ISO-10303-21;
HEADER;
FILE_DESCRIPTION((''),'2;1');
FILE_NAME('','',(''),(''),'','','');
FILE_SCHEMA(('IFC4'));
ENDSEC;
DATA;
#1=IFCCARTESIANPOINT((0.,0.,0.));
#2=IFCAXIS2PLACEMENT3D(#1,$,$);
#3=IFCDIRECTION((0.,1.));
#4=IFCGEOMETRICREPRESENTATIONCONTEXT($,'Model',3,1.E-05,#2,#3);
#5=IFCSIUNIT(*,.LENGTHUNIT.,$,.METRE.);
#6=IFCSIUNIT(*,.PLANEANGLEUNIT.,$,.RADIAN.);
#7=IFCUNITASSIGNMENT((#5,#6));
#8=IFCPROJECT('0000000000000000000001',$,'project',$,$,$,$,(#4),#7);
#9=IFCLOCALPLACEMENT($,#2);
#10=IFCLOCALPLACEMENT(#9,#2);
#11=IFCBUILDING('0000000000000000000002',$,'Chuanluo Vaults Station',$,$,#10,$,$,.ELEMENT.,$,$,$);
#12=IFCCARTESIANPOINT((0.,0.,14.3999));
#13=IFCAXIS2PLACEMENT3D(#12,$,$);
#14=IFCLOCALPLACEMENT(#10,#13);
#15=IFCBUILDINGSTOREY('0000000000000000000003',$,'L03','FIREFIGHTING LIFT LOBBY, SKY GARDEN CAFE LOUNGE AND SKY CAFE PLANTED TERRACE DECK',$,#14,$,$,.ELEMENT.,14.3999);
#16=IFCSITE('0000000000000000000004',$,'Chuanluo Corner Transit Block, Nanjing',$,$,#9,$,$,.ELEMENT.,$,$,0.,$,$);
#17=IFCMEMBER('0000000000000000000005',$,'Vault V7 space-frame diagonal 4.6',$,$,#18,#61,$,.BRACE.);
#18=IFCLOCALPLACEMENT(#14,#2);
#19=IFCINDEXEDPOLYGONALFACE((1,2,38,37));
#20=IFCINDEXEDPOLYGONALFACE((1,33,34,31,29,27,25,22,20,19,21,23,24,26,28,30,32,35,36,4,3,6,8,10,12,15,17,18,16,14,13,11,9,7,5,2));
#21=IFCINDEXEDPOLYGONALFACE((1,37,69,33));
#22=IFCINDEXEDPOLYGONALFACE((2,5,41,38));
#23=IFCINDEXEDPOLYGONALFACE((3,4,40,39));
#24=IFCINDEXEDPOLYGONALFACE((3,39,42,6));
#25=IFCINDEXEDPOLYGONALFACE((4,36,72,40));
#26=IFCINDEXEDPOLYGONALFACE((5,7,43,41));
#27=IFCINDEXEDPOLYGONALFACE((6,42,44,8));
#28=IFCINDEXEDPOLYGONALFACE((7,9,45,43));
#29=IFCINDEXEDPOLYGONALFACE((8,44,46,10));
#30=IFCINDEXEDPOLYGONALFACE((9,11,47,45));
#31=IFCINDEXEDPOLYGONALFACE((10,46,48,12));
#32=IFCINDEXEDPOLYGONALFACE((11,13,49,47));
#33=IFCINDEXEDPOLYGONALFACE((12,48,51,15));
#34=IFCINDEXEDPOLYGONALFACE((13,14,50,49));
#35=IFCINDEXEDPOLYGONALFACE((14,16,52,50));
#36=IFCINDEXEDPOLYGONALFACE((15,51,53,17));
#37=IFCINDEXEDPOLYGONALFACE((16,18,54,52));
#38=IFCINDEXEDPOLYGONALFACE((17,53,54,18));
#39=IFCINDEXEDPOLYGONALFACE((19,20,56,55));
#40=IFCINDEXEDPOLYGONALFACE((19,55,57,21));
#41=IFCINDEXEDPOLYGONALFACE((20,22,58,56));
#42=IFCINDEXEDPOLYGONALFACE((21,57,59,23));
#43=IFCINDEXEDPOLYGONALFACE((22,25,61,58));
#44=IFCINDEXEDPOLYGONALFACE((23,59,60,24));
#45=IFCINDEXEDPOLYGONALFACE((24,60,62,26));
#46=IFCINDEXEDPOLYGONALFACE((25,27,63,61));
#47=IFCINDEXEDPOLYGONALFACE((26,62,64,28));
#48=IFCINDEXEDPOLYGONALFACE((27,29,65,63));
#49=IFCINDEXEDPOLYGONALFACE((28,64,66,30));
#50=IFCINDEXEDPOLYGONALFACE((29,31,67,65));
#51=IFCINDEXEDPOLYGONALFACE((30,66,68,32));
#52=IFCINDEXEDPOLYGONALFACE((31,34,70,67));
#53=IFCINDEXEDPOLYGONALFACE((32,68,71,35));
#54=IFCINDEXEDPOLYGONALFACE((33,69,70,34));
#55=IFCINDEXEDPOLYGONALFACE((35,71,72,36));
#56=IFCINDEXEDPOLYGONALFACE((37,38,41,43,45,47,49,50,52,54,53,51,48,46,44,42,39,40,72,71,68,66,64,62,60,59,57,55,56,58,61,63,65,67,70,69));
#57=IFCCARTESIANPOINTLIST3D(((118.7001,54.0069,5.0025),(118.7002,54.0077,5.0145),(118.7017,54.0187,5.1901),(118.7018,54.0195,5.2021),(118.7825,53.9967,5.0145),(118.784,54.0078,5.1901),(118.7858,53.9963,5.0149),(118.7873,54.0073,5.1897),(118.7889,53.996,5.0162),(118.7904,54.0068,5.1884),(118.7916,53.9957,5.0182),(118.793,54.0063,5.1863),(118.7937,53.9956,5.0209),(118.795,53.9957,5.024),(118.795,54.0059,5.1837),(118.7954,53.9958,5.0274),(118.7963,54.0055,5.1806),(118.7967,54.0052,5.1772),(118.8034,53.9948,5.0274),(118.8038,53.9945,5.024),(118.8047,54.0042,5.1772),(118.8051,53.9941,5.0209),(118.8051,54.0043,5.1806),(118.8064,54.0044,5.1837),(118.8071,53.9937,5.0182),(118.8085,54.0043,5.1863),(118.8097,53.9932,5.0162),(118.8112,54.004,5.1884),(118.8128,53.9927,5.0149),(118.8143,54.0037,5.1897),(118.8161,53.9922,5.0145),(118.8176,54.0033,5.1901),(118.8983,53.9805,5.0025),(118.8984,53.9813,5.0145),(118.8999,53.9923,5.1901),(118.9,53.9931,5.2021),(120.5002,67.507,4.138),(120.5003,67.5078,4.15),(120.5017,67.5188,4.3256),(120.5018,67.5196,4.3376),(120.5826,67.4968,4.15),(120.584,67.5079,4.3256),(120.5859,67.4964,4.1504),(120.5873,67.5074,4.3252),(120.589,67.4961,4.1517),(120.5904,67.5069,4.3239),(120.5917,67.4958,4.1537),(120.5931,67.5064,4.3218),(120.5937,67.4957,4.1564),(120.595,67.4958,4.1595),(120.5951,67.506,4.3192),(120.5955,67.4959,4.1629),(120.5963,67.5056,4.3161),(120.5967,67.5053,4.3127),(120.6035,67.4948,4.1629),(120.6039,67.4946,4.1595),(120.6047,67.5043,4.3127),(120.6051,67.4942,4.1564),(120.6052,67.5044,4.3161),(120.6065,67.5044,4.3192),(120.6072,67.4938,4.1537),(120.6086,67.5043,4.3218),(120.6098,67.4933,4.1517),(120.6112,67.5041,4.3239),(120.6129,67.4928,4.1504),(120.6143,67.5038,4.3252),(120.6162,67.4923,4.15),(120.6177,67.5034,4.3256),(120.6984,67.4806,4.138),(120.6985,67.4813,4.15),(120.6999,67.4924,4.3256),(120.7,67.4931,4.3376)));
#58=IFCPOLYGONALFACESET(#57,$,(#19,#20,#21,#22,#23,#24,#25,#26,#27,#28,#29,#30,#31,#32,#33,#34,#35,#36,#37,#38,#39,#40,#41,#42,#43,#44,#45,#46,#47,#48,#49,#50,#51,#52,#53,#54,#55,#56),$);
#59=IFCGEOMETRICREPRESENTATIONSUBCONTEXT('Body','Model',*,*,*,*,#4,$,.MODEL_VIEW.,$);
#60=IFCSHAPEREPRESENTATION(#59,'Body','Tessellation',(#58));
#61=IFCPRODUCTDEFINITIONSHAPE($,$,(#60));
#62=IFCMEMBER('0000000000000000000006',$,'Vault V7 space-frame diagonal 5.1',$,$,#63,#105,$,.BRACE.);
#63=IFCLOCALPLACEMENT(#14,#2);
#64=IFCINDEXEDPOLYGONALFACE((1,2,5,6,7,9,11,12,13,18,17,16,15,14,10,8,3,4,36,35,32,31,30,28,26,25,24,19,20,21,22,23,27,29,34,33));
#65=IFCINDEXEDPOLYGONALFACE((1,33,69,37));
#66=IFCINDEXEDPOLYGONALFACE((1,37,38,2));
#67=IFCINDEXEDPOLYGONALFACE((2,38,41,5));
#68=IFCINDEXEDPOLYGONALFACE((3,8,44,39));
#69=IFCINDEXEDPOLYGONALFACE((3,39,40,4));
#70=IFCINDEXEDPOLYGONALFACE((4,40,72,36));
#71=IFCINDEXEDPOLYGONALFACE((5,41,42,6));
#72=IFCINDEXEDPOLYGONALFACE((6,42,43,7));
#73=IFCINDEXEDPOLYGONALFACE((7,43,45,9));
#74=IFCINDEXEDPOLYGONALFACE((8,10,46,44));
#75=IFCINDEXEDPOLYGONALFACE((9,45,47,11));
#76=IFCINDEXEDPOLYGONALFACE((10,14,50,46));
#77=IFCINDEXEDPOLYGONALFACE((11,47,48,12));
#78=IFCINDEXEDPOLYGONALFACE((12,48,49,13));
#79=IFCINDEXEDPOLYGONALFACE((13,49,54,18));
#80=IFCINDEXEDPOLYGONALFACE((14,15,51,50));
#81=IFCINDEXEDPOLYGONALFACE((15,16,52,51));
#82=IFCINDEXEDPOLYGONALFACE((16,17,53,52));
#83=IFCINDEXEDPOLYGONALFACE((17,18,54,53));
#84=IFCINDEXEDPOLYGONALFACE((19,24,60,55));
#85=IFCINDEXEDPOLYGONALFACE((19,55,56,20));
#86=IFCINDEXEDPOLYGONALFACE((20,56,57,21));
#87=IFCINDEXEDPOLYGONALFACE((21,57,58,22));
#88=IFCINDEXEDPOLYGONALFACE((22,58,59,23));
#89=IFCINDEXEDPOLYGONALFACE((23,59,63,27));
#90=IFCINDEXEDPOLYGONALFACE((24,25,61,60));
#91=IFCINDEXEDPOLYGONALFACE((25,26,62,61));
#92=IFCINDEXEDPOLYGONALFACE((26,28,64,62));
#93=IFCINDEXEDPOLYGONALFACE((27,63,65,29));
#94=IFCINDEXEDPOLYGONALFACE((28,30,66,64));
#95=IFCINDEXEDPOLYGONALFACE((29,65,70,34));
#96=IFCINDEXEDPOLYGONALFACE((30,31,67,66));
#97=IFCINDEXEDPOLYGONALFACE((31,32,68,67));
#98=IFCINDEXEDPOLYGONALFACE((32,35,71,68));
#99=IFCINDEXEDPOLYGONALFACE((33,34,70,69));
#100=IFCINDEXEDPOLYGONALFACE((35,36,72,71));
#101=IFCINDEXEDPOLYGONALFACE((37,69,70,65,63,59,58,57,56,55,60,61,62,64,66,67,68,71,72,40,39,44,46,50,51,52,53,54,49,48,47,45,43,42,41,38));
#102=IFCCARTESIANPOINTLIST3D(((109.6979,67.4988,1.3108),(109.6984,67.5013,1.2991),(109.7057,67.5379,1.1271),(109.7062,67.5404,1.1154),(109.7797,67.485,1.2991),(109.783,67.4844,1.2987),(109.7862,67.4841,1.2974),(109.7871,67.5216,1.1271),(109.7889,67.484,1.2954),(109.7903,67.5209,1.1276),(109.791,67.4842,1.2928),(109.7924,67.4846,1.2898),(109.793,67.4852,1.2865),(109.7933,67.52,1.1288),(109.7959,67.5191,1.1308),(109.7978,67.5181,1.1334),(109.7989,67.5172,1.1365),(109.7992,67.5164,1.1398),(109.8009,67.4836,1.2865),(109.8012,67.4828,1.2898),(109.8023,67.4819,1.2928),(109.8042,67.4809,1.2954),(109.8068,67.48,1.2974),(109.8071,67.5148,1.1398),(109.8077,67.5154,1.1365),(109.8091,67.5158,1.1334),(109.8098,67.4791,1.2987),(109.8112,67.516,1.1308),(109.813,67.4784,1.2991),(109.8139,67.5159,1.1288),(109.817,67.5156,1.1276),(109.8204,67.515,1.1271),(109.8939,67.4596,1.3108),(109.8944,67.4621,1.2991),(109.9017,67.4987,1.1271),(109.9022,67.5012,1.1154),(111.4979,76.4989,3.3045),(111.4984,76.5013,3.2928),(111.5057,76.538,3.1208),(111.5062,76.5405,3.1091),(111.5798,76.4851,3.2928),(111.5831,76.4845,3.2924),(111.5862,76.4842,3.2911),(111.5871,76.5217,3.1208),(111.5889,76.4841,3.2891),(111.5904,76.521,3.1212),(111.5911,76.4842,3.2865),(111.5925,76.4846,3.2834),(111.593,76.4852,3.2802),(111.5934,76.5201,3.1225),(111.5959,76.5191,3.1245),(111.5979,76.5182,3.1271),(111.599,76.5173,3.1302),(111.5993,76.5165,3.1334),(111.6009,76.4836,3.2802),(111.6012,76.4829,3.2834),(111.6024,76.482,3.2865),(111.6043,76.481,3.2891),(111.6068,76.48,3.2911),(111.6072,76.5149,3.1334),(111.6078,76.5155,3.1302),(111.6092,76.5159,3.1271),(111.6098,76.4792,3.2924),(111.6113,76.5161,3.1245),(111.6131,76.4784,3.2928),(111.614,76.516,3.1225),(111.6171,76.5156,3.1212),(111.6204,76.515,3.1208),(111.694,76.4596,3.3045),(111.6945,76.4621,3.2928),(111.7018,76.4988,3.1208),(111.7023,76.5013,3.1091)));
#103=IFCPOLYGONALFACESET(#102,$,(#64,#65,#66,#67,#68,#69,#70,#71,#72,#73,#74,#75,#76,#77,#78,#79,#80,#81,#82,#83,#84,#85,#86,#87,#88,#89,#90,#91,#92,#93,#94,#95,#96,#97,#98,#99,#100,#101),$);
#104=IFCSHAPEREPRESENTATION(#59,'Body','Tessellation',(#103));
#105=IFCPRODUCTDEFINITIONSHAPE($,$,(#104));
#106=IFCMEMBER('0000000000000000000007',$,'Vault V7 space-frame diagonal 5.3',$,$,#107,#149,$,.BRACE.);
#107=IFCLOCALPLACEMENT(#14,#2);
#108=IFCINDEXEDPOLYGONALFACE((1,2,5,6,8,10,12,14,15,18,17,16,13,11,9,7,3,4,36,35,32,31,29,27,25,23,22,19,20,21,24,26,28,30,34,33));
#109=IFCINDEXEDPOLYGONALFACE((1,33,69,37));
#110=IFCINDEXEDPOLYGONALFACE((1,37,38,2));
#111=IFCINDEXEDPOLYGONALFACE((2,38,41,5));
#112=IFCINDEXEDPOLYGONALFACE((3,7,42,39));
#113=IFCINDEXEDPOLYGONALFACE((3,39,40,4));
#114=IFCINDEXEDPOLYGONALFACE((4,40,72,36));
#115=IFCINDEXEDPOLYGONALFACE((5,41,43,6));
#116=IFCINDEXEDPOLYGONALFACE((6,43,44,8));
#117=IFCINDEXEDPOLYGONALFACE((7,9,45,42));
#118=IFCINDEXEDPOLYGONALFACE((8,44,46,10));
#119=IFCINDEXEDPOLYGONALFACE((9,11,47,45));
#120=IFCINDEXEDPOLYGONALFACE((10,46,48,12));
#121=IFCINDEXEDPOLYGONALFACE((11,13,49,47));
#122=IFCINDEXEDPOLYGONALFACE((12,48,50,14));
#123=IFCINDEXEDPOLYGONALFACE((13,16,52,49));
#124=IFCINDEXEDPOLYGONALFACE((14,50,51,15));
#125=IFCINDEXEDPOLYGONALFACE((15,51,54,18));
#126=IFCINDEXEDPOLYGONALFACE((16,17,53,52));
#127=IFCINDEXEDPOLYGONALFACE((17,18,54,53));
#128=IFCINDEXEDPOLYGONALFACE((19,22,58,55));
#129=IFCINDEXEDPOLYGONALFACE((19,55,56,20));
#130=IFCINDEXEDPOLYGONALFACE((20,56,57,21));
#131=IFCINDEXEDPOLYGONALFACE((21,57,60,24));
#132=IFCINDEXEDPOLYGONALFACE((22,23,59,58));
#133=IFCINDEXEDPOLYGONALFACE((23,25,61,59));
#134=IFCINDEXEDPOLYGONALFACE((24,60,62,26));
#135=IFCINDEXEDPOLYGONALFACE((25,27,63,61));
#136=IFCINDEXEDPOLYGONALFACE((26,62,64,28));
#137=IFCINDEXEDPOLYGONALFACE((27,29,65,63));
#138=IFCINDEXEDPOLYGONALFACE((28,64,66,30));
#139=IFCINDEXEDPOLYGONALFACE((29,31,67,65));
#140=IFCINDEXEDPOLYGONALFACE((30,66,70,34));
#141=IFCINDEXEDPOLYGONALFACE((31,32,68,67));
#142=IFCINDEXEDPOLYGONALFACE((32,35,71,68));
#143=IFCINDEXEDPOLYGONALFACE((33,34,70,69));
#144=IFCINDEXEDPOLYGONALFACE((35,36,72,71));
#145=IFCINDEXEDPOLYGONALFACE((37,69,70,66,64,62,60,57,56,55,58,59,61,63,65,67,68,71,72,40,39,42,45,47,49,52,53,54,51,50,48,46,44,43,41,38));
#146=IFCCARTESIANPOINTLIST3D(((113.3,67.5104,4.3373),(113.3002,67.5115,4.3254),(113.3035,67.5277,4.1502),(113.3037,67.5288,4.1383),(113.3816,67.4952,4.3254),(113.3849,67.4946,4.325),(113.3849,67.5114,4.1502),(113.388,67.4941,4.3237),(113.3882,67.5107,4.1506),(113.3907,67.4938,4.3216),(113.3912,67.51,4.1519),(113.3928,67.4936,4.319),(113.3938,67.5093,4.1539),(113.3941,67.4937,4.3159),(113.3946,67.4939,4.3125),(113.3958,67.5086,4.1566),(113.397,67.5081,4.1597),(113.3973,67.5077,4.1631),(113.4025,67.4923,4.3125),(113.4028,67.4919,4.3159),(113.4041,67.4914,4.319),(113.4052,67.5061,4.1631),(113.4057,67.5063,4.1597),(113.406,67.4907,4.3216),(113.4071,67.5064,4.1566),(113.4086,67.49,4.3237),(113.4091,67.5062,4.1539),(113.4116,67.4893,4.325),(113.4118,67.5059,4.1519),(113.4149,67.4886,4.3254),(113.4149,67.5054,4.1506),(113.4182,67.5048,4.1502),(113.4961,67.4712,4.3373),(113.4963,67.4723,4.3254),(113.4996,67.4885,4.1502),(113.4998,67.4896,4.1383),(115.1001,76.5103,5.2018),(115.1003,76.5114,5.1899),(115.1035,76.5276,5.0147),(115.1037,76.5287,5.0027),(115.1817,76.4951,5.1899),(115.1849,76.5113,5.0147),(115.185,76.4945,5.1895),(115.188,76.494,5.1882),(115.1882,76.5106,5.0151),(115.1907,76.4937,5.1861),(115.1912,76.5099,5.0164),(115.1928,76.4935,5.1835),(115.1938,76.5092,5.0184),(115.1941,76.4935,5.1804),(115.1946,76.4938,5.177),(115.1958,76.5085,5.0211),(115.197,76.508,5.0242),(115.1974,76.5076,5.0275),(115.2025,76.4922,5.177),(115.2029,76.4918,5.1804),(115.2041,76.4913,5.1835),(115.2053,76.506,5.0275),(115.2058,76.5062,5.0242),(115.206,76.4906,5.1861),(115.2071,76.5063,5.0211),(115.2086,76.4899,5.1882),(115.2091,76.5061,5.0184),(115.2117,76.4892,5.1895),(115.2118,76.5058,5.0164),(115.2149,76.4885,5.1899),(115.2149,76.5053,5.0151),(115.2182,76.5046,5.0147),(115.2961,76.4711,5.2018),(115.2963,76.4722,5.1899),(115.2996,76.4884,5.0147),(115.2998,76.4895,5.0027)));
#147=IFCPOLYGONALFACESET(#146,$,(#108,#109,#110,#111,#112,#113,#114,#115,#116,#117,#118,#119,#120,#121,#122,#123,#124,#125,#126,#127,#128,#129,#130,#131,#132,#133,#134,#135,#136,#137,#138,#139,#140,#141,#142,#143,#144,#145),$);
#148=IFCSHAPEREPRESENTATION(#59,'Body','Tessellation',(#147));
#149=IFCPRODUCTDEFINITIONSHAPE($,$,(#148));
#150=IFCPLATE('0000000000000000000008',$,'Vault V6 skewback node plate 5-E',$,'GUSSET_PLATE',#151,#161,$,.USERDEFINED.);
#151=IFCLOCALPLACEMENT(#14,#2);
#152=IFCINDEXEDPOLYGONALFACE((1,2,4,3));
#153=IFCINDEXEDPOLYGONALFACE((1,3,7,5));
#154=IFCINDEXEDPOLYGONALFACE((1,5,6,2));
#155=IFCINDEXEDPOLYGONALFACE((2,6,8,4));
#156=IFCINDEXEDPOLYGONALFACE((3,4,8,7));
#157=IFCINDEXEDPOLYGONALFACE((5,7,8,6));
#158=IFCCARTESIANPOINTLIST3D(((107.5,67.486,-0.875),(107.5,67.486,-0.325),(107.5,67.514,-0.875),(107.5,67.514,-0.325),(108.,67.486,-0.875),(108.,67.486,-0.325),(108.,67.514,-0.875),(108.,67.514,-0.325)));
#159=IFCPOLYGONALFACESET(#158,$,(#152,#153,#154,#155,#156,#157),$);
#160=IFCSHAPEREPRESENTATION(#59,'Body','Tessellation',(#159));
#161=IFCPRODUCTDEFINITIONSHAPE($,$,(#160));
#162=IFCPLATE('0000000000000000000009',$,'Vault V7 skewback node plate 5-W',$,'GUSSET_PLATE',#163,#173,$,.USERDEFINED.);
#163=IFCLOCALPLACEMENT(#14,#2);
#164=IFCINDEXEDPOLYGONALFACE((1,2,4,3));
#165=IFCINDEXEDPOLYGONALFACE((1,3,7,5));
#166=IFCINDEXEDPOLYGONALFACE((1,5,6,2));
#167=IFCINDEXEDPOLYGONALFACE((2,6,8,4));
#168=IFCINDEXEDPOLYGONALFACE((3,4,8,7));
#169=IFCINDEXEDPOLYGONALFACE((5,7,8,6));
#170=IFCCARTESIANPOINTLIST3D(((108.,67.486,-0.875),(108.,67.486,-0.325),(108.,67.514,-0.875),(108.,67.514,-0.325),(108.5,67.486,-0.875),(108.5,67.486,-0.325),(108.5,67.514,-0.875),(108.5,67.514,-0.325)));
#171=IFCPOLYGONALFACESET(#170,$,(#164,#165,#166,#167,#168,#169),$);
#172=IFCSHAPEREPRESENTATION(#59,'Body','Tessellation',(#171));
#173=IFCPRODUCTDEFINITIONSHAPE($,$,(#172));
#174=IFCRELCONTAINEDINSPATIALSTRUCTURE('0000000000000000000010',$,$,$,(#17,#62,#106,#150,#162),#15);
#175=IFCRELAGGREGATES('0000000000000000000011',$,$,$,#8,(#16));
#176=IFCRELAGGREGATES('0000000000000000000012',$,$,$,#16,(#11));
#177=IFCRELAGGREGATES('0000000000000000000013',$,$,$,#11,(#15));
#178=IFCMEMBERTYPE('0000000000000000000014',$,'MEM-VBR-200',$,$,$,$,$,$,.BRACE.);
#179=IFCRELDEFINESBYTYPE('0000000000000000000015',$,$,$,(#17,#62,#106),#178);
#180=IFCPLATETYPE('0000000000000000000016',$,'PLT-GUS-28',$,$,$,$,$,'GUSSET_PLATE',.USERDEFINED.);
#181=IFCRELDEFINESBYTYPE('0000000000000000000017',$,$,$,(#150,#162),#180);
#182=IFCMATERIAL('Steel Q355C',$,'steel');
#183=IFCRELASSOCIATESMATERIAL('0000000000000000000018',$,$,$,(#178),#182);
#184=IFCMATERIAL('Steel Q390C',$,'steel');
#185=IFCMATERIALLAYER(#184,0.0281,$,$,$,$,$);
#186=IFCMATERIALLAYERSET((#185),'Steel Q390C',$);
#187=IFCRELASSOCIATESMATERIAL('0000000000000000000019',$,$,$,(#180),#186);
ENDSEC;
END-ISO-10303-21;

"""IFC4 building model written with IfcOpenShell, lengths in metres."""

from ifc_helpers import new_model, si_unit, direction, frame, origin, origin_2d, place, context, subcontext, project, spatial, rectangle, i_section, extrude, material, layer, layer_set, material_profile, profile_set, type_object, element, save


model = new_model("IFC4")

# Units and contexts
model_context = context("Model", 3, precision=1e-05, world=origin(), true_north=direction((0.0, 1.0)))
body_context = subcontext(model_context, "Body", "Model", "MODEL_VIEW")
ifc_project = project(units=[si_unit("LENGTHUNIT", "METRE"), si_unit("PLANEANGLEUNIT", "RADIAN")], contexts=[model_context])

# Site, building, storey
site_placement = place(None, origin())
site = spatial("IfcSite", under=ifc_project, at=site_placement, Name="Chuanluo Corner Transit Block, Nanjing", CompositionType="ELEMENT", RefElevation=0.0)
building_placement = place(site_placement, origin())
building = spatial("IfcBuilding", under=site, at=building_placement, Name="Chuanluo Vaults Station", CompositionType="ELEMENT")
storey_placement = place(building_placement, frame((0.0, 0.0, 14.3999)))
storey = spatial("IfcBuildingStorey", under=building, at=storey_placement, Name="L03", Description="FIREFIGHTING LIFT LOBBY, SKY GARDEN CAFE LOUNGE AND SKY CAFE PLANTED TERRACE DECK", CompositionType="ELEMENT", Elevation=14.3999)

# Members
ifc_material_1 = material(Name="Steel Q355C", Category="steel")
ifc_material_profile_1 = material_profile(ifc_material_1, i_section(OverallWidth=0.2, OverallDepth=0.2, WebThickness=0.0081, FlangeThickness=0.012, FilletRadius=0.0129, at=origin_2d()))
ifc_profile_set_1 = profile_set([ifc_material_profile_1], Name="Steel Q355C")
member_type_1 = type_object("IfcMemberType", Name="MEM-VBR-200", PredefinedType="BRACE", material=ifc_profile_set_1)
member_1_placement = place(storey_placement, frame((118.8, 54.0, 5.1023), z_axis=(0.131902, 0.989237, -0.063348), x_axis=(-0.991227, 0.132167, 0.0)))
element("IfcMember", 1, at=member_1_placement, inside=storey, type_object=member_type_1, Name="Vault V7 space-frame diagonal 4.6", PredefinedType="BRACE", context=body_context, shape_type="SweptSolid", body=[
    extrude(i_section(OverallWidth=0.2, OverallDepth=0.2, WebThickness=0.0081, FlangeThickness=0.012, FilletRadius=0.0129, at=origin_2d()), origin(), (0.0, 0.0, 1.0), 13.647),
])
member_2_placement = place(storey_placement, frame((109.8, 67.5, 1.2131), z_axis=(0.191652, 0.958234, 0.212265), x_axis=(-0.98058, 0.196121, 0.0)))
element("IfcMember", 2, at=member_2_placement, inside=storey, type_object=member_type_1, Name="Vault V7 space-frame diagonal 5.1", PredefinedType="BRACE", context=body_context, shape_type="SweptSolid", body=[
    extrude(i_section(OverallWidth=0.2, OverallDepth=0.2, WebThickness=0.0081, FlangeThickness=0.012, FilletRadius=0.0129, at=origin_2d()), origin(), (0.0, 0.0, 1.0), 9.3923),
])
member_3_placement = place(storey_placement, frame((113.3999, 67.5, 4.2378), z_axis=(0.195257, 0.976259, 0.093775), x_axis=(-0.98058, 0.196121, 0.0)))
element("IfcMember", 3, at=member_3_placement, inside=storey, type_object=member_type_1, Name="Vault V7 space-frame diagonal 5.3", PredefinedType="BRACE", context=body_context, shape_type="SweptSolid", body=[
    extrude(i_section(OverallWidth=0.2, OverallDepth=0.2, WebThickness=0.0081, FlangeThickness=0.012, FilletRadius=0.0129, at=origin_2d()), origin(), (0.0, 0.0, 1.0), 9.2188),
])

# Plates
ifc_material_2 = material(Name="Steel Q390C", Category="steel")
ifc_layer = layer(ifc_material_2, 0.0281)
ifc_layer_set = layer_set([ifc_layer], Name="Steel Q390C")
plate_type = type_object("IfcPlateType", Name="PLT-GUS-28", ElementType="GUSSET_PLATE", PredefinedType="USERDEFINED", material=ifc_layer_set)
for number, where, z_axis, x_axis, name in (
    (4, (107.75, 67.5, -0.875), (0.0, 0.0, 1.0), (1.0, 0.0, 0.0), "Vault V6 skewback node plate 5-E"),
    (5, (108.25, 67.5, -0.875), (0.0, 0.0, 1.0), (1.0, 0.0, 0.0), "Vault V7 skewback node plate 5-W"),
):
    element("IfcPlate", number, at=place(storey_placement, frame(where, z_axis=z_axis, x_axis=x_axis)), inside=storey, type_object=plate_type, Name=name, ObjectType="GUSSET_PLATE", PredefinedType="USERDEFINED", context=body_context, shape_type="SweptSolid", body=[
        extrude(rectangle(XDim=0.5, YDim=0.0281, at=origin_2d()), origin(), (0.0, 0.0, 1.0), 0.55),
    ])

save(model, "model.ifc")
